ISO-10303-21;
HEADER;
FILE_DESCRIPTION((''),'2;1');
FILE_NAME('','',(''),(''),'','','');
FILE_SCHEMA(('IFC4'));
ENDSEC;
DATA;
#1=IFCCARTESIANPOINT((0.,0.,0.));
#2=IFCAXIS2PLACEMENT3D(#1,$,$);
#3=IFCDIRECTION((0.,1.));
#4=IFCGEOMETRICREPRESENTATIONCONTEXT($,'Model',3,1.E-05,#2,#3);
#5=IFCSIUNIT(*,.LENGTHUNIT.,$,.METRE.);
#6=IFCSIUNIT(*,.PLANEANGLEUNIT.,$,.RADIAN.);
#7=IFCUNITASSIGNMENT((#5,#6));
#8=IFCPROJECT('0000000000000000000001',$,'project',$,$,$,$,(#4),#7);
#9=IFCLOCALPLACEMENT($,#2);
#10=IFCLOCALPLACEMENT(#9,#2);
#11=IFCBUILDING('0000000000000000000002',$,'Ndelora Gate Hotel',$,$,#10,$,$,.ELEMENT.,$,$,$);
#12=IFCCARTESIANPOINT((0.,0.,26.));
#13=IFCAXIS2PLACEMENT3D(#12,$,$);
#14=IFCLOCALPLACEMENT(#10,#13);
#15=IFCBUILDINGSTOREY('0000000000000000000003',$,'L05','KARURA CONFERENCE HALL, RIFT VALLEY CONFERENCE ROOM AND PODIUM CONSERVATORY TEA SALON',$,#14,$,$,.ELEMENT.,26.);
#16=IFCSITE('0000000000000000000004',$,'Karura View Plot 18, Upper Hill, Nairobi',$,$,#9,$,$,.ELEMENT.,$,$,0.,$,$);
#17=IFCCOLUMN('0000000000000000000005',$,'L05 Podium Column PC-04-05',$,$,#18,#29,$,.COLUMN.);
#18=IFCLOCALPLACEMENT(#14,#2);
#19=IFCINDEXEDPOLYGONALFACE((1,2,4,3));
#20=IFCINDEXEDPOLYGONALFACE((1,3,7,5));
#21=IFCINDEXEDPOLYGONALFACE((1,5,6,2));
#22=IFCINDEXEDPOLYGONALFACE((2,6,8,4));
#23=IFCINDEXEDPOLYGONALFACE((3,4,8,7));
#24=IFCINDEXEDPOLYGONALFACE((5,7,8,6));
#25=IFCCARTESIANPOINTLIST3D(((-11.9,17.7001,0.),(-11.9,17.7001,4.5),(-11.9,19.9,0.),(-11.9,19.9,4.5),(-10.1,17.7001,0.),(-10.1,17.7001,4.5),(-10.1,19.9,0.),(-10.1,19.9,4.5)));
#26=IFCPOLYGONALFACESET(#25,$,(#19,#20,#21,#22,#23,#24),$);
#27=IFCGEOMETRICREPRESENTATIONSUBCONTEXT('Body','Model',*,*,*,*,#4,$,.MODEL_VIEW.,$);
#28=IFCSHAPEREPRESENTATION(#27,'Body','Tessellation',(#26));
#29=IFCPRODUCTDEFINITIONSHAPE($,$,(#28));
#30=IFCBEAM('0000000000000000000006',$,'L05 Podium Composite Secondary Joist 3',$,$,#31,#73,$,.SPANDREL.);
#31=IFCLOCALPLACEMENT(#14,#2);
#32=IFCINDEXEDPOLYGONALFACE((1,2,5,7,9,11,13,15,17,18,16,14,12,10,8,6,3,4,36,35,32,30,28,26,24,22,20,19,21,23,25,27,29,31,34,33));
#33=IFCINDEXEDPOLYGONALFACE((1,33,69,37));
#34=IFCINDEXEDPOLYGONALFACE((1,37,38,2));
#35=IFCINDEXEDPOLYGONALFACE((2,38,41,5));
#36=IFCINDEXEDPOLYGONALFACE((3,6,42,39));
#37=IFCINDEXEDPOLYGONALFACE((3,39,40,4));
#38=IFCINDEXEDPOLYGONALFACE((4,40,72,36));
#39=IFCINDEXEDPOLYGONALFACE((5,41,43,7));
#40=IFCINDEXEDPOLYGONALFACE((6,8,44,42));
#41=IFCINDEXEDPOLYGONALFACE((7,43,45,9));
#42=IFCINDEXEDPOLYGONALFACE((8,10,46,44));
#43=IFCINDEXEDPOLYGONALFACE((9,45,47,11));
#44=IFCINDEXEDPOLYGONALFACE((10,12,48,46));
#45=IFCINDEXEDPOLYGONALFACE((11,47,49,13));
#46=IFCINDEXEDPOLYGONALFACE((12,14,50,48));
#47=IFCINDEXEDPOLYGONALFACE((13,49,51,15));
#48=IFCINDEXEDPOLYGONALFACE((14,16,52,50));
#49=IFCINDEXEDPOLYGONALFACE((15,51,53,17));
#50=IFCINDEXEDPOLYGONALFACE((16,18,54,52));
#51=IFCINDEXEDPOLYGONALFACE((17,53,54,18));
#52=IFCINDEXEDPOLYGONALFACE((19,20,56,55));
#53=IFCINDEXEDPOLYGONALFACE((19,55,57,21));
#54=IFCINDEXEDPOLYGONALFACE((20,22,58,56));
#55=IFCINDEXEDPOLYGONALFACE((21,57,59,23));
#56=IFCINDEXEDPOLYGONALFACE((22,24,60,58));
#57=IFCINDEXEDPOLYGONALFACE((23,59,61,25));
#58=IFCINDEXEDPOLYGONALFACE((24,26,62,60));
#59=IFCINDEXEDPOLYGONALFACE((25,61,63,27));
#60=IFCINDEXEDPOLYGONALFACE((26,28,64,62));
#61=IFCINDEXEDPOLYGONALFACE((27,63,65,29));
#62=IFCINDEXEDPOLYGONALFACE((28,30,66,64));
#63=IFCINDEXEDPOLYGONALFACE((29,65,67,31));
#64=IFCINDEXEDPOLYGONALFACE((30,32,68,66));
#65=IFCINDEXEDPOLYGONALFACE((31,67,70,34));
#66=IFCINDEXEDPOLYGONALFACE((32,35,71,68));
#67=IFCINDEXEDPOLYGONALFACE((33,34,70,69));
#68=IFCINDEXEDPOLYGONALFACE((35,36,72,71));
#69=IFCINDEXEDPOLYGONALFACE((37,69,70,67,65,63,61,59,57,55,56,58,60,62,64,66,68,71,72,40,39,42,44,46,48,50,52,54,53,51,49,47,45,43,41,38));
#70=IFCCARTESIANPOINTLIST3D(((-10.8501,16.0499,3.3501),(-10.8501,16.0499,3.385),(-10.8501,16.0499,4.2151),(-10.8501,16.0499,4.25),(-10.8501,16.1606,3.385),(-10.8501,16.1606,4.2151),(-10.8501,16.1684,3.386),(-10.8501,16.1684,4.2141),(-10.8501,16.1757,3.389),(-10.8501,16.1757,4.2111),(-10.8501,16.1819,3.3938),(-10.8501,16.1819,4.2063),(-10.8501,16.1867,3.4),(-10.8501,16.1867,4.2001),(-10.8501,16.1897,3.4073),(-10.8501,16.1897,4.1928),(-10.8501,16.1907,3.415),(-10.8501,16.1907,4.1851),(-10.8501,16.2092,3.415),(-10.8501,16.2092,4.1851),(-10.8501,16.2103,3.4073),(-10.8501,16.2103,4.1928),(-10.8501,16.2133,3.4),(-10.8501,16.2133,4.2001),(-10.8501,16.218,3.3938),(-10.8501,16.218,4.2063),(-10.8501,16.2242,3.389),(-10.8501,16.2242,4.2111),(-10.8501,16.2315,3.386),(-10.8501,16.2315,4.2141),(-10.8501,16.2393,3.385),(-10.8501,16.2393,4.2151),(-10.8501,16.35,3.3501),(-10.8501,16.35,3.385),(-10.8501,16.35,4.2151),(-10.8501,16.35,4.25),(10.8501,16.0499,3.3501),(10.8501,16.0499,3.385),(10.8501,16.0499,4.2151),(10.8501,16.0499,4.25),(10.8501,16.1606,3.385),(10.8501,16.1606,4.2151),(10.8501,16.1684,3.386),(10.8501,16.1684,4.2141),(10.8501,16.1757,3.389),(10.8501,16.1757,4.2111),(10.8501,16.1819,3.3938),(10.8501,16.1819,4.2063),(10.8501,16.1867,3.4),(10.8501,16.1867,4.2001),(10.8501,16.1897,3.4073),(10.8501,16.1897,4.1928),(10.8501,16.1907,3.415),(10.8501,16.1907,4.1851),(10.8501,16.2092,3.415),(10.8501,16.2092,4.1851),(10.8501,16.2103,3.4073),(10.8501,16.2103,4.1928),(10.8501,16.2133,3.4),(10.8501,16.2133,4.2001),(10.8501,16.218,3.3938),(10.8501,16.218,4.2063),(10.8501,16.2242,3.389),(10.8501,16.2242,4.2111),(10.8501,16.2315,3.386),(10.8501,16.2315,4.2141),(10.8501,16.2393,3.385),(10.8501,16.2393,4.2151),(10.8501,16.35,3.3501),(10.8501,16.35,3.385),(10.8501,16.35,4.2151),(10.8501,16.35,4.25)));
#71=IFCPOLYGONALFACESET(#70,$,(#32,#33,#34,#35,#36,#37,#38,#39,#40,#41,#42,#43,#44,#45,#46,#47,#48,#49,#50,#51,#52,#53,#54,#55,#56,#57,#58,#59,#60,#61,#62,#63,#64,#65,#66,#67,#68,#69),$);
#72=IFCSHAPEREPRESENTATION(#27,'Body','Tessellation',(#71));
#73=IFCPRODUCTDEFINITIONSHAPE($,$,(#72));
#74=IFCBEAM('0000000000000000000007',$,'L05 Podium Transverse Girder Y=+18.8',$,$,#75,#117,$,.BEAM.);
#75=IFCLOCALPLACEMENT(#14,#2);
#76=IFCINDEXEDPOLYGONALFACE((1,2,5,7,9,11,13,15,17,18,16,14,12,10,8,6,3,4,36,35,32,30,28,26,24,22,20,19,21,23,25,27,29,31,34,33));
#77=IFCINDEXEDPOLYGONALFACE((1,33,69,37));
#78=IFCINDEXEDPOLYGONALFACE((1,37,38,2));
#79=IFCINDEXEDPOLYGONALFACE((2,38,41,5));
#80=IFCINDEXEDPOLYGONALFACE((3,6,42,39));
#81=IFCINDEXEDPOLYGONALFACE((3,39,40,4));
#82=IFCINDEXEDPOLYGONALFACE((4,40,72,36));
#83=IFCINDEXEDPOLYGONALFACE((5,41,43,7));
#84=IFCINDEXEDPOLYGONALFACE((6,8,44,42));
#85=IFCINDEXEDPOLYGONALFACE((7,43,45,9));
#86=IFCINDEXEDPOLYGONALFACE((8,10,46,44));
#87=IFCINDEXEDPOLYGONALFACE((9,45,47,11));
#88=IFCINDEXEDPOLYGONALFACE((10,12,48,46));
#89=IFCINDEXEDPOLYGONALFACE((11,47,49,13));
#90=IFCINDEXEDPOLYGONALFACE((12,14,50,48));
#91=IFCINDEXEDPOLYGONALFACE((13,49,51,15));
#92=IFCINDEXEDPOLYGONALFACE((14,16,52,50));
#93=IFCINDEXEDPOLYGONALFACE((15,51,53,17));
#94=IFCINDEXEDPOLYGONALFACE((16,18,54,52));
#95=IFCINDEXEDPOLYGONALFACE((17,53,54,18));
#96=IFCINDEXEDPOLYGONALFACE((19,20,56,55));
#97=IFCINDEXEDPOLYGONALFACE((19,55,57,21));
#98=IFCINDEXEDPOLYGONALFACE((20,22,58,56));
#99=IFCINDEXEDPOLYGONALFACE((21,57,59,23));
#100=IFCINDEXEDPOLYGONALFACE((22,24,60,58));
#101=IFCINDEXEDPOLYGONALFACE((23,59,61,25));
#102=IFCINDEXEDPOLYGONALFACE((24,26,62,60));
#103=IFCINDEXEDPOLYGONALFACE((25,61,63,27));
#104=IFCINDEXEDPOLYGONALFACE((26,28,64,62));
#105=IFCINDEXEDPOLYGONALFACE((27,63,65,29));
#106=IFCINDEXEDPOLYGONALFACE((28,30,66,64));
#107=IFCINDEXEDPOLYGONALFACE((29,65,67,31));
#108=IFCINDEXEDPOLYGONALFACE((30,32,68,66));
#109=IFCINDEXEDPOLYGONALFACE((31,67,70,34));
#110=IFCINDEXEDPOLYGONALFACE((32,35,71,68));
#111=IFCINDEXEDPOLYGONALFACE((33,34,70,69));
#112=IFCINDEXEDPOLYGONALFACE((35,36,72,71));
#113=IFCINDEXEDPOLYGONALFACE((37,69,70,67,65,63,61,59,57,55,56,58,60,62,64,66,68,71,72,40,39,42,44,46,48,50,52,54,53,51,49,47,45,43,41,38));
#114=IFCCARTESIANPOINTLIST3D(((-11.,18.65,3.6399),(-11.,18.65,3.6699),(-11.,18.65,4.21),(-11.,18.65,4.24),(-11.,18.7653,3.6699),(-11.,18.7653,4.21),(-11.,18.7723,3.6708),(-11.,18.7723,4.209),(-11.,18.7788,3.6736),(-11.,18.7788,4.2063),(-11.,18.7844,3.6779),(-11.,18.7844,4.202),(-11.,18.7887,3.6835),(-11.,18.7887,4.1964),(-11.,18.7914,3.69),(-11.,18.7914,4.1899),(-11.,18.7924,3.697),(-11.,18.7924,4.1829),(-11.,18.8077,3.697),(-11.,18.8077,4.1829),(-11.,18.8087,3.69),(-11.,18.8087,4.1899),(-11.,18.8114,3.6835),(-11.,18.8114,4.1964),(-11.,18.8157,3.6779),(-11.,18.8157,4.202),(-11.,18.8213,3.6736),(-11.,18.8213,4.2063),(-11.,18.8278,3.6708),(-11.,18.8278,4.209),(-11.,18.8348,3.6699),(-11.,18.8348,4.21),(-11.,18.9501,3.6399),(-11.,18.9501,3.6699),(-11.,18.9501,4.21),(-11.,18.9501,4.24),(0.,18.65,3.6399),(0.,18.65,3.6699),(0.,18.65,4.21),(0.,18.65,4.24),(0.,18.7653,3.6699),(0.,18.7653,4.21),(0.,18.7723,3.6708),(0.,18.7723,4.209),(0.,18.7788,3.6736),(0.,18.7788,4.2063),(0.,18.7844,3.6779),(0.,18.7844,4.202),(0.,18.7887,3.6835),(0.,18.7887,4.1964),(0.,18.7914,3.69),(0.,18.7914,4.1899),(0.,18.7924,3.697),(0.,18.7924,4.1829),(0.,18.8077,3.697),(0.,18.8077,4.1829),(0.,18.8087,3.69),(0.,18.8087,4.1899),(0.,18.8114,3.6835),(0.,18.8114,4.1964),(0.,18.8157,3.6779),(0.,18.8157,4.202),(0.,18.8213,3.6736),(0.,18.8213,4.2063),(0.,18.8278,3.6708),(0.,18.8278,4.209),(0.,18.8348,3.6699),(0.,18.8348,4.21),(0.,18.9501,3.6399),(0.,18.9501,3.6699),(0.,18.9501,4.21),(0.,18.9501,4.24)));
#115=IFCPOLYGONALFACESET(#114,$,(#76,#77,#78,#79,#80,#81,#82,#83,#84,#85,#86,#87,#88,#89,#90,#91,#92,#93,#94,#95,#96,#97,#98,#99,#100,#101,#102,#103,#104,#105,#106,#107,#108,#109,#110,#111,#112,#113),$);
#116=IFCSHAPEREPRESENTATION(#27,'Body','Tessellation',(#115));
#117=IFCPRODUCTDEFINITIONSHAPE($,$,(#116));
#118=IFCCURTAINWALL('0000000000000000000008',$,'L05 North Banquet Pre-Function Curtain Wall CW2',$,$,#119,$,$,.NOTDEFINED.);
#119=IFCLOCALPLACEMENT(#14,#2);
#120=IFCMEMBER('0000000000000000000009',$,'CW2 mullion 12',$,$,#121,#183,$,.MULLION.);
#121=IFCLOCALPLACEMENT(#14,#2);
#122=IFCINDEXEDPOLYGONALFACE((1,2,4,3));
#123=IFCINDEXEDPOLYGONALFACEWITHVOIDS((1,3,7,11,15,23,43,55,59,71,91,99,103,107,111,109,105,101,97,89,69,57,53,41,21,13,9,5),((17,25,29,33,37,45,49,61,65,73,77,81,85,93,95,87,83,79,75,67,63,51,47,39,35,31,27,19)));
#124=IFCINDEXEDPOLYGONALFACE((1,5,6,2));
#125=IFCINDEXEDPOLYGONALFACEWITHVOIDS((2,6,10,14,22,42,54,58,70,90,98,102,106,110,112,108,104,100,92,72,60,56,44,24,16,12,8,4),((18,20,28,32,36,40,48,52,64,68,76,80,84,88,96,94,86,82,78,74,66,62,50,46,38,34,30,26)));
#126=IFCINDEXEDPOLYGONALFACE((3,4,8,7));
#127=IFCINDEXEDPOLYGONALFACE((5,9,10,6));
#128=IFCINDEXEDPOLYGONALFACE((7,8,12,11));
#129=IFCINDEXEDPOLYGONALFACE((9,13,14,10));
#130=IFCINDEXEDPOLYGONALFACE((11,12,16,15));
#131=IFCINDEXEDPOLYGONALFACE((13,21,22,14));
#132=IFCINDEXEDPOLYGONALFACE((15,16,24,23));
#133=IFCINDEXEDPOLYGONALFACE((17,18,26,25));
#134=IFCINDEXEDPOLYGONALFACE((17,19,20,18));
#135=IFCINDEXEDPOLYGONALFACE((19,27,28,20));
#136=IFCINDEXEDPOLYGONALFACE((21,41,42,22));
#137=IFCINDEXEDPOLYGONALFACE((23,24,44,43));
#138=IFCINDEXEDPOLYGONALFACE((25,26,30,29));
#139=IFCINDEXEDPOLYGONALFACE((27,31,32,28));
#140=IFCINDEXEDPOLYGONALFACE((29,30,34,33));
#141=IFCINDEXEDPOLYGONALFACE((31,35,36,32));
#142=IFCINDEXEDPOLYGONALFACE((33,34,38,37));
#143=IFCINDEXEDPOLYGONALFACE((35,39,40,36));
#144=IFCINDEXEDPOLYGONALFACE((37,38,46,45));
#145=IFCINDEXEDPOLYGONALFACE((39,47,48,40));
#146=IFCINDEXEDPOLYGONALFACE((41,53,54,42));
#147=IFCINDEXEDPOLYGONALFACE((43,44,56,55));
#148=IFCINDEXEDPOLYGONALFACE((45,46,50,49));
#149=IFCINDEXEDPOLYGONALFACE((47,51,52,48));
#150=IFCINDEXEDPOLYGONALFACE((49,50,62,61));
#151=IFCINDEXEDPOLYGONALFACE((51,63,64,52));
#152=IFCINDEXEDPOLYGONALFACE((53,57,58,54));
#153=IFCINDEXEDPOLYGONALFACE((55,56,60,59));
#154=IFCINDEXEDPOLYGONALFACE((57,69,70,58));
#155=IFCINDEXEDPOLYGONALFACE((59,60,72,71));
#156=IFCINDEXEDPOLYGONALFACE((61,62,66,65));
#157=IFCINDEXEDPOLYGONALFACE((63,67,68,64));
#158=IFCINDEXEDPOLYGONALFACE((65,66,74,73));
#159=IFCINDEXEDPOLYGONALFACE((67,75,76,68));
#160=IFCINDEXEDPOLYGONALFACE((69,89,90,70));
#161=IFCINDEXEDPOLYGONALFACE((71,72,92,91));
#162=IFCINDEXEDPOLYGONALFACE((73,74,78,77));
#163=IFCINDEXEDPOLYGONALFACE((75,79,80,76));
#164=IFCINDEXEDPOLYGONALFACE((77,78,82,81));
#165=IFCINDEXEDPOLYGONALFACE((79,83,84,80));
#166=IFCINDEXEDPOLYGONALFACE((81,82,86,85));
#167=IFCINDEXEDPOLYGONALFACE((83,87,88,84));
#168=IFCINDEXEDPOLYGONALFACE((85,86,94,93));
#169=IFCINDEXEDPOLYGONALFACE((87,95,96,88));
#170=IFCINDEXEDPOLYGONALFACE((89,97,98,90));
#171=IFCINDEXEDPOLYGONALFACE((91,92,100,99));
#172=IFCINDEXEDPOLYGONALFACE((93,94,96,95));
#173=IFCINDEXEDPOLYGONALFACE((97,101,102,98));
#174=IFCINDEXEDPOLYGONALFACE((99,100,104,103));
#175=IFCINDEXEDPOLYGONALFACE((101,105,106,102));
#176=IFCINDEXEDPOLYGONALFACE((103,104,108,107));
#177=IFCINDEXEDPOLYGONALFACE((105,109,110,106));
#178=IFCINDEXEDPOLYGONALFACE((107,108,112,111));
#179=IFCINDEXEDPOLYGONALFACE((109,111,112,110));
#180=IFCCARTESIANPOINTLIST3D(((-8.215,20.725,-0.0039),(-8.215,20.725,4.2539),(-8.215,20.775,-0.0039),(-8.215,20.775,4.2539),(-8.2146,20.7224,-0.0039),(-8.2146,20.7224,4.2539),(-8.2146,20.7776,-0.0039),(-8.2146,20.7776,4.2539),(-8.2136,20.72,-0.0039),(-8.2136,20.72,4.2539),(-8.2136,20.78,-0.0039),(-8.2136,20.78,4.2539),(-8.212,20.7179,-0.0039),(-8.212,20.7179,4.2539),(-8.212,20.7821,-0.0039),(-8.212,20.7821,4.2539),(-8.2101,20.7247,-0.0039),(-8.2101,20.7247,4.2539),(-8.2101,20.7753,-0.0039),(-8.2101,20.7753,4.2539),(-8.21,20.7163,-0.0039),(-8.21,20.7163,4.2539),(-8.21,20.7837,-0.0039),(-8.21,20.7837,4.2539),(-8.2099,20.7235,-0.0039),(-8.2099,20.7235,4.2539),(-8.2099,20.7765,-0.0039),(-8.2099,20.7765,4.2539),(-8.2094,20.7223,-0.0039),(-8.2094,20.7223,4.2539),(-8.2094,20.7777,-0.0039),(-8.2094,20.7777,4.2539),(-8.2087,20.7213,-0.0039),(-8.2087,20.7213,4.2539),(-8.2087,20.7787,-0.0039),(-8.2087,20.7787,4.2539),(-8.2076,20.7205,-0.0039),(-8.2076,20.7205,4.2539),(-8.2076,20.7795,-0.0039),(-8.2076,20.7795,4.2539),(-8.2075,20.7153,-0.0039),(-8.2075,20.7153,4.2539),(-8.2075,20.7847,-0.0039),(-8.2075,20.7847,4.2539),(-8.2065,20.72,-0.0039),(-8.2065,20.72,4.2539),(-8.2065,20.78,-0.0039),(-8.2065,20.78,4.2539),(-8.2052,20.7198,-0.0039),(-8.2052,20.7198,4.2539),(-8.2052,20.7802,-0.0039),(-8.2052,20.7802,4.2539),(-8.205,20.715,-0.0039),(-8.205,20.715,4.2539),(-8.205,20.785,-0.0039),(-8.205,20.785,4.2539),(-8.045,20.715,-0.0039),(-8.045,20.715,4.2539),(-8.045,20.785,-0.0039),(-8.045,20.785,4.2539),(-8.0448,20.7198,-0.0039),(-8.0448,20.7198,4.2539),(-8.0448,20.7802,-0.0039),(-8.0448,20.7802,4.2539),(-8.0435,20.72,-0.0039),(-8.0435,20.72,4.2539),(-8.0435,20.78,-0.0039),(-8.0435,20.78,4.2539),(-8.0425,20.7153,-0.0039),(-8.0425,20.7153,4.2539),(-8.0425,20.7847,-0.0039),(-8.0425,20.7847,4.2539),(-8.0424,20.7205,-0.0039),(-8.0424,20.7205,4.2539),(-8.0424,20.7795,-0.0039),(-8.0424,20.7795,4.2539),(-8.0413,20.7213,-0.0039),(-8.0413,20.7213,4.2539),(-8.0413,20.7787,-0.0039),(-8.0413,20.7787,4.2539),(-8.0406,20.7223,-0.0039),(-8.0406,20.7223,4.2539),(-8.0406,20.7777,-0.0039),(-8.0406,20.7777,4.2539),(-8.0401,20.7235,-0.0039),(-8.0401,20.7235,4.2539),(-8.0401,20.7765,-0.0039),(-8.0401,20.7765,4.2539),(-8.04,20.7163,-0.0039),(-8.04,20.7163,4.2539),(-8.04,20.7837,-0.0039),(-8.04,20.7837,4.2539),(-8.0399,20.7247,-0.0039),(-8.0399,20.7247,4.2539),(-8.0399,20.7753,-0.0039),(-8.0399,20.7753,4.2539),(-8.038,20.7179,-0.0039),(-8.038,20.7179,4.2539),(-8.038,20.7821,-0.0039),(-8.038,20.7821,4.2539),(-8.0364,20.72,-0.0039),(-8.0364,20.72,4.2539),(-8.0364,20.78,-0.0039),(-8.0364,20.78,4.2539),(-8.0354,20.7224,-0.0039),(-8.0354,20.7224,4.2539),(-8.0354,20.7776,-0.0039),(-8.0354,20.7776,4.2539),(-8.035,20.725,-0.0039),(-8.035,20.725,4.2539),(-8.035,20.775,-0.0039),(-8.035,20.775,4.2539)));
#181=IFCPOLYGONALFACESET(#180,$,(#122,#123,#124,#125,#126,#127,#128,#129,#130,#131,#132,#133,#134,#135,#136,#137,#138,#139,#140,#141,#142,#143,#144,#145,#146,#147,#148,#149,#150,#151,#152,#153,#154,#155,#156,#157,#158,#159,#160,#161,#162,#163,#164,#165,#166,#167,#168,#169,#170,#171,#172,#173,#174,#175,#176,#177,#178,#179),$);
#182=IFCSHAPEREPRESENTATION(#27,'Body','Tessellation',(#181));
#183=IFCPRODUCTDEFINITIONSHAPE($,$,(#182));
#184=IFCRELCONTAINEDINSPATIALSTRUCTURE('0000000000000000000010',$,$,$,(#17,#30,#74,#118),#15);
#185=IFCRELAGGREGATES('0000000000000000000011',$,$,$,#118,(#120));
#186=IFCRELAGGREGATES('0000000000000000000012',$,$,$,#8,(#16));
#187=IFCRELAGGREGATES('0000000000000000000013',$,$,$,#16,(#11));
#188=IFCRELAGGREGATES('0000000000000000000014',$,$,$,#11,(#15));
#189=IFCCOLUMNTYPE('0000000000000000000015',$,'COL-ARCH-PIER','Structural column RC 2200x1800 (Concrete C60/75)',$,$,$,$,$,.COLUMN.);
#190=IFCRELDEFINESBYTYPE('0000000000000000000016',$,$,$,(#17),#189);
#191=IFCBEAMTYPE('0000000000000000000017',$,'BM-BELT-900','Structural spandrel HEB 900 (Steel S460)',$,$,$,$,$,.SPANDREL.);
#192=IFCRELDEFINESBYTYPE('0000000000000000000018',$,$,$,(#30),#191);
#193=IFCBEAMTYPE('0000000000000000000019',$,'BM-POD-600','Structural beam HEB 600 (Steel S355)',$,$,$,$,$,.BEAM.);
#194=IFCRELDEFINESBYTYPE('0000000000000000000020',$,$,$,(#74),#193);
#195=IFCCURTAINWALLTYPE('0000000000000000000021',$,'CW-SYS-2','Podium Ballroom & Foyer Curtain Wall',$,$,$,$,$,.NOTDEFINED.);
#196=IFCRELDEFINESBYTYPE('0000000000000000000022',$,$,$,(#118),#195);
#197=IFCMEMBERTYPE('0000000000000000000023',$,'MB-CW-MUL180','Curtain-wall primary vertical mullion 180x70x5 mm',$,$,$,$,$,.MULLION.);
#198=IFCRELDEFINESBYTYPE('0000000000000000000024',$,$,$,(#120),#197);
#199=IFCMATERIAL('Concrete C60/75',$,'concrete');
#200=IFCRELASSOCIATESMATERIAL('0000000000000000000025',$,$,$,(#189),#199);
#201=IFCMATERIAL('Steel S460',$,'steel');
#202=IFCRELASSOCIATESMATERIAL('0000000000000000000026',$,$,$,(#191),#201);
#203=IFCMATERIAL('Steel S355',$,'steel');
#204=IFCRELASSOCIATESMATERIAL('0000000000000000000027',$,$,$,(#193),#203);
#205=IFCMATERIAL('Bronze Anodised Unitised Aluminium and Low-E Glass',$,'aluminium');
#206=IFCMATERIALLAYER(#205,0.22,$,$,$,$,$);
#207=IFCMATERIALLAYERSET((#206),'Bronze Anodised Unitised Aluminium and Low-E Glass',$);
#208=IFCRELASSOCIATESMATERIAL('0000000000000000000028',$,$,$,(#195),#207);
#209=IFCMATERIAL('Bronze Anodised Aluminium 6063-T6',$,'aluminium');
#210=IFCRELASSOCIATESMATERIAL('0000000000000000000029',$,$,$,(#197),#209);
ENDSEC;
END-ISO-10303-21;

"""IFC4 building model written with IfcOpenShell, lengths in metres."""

from ifc_helpers import new_model, si_unit, direction, frame, origin, origin_2d, place, context, subcontext, project, spatial, rectangle, hollow_rectangle, i_section, extrude, material, layer, layer_set, material_profile, profile_set, type_object, element, aggregate, save


model = new_model("IFC4")

# Units and contexts
model_context = context("Model", 3, precision=1e-05, world=origin(), true_north=direction((0.0, 1.0)))
body_context = subcontext(model_context, "Body", "Model", "MODEL_VIEW")
ifc_project = project(units=[si_unit("LENGTHUNIT", "METRE"), si_unit("PLANEANGLEUNIT", "RADIAN")], contexts=[model_context])

# Site, building, storey
site_placement = place(None, origin())
site = spatial("IfcSite", under=ifc_project, at=site_placement, Name="Karura View Plot 18, Upper Hill, Nairobi", CompositionType="ELEMENT", RefElevation=0.0)
building_placement = place(site_placement, origin())
building = spatial("IfcBuilding", under=site, at=building_placement, Name="Ndelora Gate Hotel", CompositionType="ELEMENT")
storey_placement = place(building_placement, frame((0.0, 0.0, 26.0)))
storey = spatial("IfcBuildingStorey", under=building, at=storey_placement, Name="L05", Description="KARURA CONFERENCE HALL, RIFT VALLEY CONFERENCE ROOM AND PODIUM CONSERVATORY TEA SALON", CompositionType="ELEMENT", Elevation=26.0)

# Column
ifc_material_1 = material(Name="Concrete C60/75", Category="concrete")
ifc_material_profile_1 = material_profile(ifc_material_1, rectangle(XDim=1.8, YDim=2.2, at=origin_2d()), Name="RC 2200x1800")
ifc_profile_set_1 = profile_set([ifc_material_profile_1], Name="Concrete C60/75")
column_type = type_object("IfcColumnType", Name="COL-ARCH-PIER", Description="Structural column RC 2200x1800 (Concrete C60/75)", PredefinedType="COLUMN", material=ifc_profile_set_1)
column_placement = place(storey_placement, frame((-11.0, 18.8, 0.0), z_axis=(0.0, 0.0, 1.0), x_axis=(1.0, 0.0, 0.0)))
element("IfcColumn", 1, at=column_placement, inside=storey, type_object=column_type, Name="L05 Podium Column PC-04-05", PredefinedType="COLUMN", context=body_context, shape_type="SweptSolid", body=[
    extrude(rectangle(XDim=1.8, YDim=2.2, at=origin_2d()), origin(), (0.0, 0.0, 1.0), 4.5),
])

# Beams
ifc_material_2 = material(Name="Steel S460", Category="steel")
ifc_material_profile_2 = material_profile(ifc_material_2, i_section(OverallWidth=0.3, OverallDepth=0.8999, WebThickness=0.0186, FlangeThickness=0.0349, FilletRadius=0.03, at=origin_2d()), Name="HEB 900")
ifc_profile_set_2 = profile_set([ifc_material_profile_2], Name="Steel S460")
beam_type_1 = type_object("IfcBeamType", Name="BM-BELT-900", Description="Structural spandrel HEB 900 (Steel S460)", PredefinedType="SPANDREL", material=ifc_profile_set_2)
beam_1_placement = place(storey_placement, frame((-10.8501, 16.2, 3.8), z_axis=(1.0, 0.0, 0.0), x_axis=(0.0, 1.0, 0.0)))
element("IfcBeam", 2, at=beam_1_placement, inside=storey, type_object=beam_type_1, Name="L05 Podium Composite Secondary Joist 3", PredefinedType="SPANDREL", context=body_context, shape_type="SweptSolid", body=[
    extrude(i_section(OverallWidth=0.3, OverallDepth=0.8999, WebThickness=0.0186, FlangeThickness=0.0349, FilletRadius=0.03, at=origin_2d()), origin(), (0.0, 0.0, 1.0), 21.7002),
])
ifc_material_3 = material(Name="Steel S355", Category="steel")
ifc_material_profile_3 = material_profile(ifc_material_3, i_section(OverallWidth=0.3, OverallDepth=0.6001, WebThickness=0.0154, FlangeThickness=0.03, FilletRadius=0.0271, at=origin_2d()), Name="HEB 600")
ifc_profile_set_3 = profile_set([ifc_material_profile_3], Name="Steel S355")
beam_type_2 = type_object("IfcBeamType", Name="BM-POD-600", Description="Structural beam HEB 600 (Steel S355)", PredefinedType="BEAM", material=ifc_profile_set_3)
beam_2_placement = place(storey_placement, frame((-11.0, 18.8, 3.9399), z_axis=(1.0, 0.0, 0.0), x_axis=(0.0, 1.0, 0.0)))
element("IfcBeam", 3, at=beam_2_placement, inside=storey, type_object=beam_type_2, Name="L05 Podium Transverse Girder Y=+18.8", PredefinedType="BEAM", context=body_context, shape_type="SweptSolid", body=[
    extrude(i_section(OverallWidth=0.3, OverallDepth=0.6001, WebThickness=0.0154, FlangeThickness=0.03, FilletRadius=0.0271, at=origin_2d()), origin(), (0.0, 0.0, 1.0), 11.0),
])

# Curtain wall, member
ifc_material_4 = material(Name="Bronze Anodised Unitised Aluminium and Low-E Glass", Category="aluminium")
ifc_layer_1 = layer(ifc_material_4, 0.22)
ifc_layer_set_1 = layer_set([ifc_layer_1], Name="Bronze Anodised Unitised Aluminium and Low-E Glass")
curtain_wall_type = type_object("IfcCurtainWallType", Name="CW-SYS-2", Description="Podium Ballroom & Foyer Curtain Wall", PredefinedType="NOTDEFINED", material=ifc_layer_set_1)
curtain_wall_placement = place(storey_placement, origin())
curtain_wall = element("IfcCurtainWall", 4, at=curtain_wall_placement, inside=storey, type_object=curtain_wall_type, Name="L05 North Banquet Pre-Function Curtain Wall CW2", PredefinedType="NOTDEFINED")
ifc_material_5 = material(Name="Bronze Anodised Aluminium 6063-T6", Category="aluminium")
ifc_material_profile_4 = material_profile(ifc_material_5, hollow_rectangle(XDim=0.0701, YDim=0.1799, WallThickness=0.0049, InnerFilletRadius=0.0049, OuterFilletRadius=0.01, at=origin_2d()), Name="ALU 180x70x5")
ifc_profile_set_4 = profile_set([ifc_material_profile_4], Name="Bronze Anodised Aluminium 6063-T6")
member_type_1 = type_object("IfcMemberType", Name="MB-CW-MUL180", Description="Curtain-wall primary vertical mullion 180x70x5 mm", PredefinedType="MULLION", material=ifc_profile_set_4)
member_1_placement = place(storey_placement, frame((-8.125, 20.75, -0.0039), z_axis=(0.0, 0.0, 1.0), x_axis=(0.0, -1.0, 0.0)))
member_1 = element("IfcMember", 5, at=member_1_placement, type_object=member_type_1, Name="CW2 mullion 12", PredefinedType="MULLION", context=body_context, shape_type="SweptSolid", body=[
    extrude(hollow_rectangle(XDim=0.0701, YDim=0.1799, WallThickness=0.0049, InnerFilletRadius=0.0049, OuterFilletRadius=0.01, at=origin_2d()), origin(), (0.0, 0.0, 1.0), 4.2578),
])
aggregate(curtain_wall, [member_1])

save(model, "model.ifc")
